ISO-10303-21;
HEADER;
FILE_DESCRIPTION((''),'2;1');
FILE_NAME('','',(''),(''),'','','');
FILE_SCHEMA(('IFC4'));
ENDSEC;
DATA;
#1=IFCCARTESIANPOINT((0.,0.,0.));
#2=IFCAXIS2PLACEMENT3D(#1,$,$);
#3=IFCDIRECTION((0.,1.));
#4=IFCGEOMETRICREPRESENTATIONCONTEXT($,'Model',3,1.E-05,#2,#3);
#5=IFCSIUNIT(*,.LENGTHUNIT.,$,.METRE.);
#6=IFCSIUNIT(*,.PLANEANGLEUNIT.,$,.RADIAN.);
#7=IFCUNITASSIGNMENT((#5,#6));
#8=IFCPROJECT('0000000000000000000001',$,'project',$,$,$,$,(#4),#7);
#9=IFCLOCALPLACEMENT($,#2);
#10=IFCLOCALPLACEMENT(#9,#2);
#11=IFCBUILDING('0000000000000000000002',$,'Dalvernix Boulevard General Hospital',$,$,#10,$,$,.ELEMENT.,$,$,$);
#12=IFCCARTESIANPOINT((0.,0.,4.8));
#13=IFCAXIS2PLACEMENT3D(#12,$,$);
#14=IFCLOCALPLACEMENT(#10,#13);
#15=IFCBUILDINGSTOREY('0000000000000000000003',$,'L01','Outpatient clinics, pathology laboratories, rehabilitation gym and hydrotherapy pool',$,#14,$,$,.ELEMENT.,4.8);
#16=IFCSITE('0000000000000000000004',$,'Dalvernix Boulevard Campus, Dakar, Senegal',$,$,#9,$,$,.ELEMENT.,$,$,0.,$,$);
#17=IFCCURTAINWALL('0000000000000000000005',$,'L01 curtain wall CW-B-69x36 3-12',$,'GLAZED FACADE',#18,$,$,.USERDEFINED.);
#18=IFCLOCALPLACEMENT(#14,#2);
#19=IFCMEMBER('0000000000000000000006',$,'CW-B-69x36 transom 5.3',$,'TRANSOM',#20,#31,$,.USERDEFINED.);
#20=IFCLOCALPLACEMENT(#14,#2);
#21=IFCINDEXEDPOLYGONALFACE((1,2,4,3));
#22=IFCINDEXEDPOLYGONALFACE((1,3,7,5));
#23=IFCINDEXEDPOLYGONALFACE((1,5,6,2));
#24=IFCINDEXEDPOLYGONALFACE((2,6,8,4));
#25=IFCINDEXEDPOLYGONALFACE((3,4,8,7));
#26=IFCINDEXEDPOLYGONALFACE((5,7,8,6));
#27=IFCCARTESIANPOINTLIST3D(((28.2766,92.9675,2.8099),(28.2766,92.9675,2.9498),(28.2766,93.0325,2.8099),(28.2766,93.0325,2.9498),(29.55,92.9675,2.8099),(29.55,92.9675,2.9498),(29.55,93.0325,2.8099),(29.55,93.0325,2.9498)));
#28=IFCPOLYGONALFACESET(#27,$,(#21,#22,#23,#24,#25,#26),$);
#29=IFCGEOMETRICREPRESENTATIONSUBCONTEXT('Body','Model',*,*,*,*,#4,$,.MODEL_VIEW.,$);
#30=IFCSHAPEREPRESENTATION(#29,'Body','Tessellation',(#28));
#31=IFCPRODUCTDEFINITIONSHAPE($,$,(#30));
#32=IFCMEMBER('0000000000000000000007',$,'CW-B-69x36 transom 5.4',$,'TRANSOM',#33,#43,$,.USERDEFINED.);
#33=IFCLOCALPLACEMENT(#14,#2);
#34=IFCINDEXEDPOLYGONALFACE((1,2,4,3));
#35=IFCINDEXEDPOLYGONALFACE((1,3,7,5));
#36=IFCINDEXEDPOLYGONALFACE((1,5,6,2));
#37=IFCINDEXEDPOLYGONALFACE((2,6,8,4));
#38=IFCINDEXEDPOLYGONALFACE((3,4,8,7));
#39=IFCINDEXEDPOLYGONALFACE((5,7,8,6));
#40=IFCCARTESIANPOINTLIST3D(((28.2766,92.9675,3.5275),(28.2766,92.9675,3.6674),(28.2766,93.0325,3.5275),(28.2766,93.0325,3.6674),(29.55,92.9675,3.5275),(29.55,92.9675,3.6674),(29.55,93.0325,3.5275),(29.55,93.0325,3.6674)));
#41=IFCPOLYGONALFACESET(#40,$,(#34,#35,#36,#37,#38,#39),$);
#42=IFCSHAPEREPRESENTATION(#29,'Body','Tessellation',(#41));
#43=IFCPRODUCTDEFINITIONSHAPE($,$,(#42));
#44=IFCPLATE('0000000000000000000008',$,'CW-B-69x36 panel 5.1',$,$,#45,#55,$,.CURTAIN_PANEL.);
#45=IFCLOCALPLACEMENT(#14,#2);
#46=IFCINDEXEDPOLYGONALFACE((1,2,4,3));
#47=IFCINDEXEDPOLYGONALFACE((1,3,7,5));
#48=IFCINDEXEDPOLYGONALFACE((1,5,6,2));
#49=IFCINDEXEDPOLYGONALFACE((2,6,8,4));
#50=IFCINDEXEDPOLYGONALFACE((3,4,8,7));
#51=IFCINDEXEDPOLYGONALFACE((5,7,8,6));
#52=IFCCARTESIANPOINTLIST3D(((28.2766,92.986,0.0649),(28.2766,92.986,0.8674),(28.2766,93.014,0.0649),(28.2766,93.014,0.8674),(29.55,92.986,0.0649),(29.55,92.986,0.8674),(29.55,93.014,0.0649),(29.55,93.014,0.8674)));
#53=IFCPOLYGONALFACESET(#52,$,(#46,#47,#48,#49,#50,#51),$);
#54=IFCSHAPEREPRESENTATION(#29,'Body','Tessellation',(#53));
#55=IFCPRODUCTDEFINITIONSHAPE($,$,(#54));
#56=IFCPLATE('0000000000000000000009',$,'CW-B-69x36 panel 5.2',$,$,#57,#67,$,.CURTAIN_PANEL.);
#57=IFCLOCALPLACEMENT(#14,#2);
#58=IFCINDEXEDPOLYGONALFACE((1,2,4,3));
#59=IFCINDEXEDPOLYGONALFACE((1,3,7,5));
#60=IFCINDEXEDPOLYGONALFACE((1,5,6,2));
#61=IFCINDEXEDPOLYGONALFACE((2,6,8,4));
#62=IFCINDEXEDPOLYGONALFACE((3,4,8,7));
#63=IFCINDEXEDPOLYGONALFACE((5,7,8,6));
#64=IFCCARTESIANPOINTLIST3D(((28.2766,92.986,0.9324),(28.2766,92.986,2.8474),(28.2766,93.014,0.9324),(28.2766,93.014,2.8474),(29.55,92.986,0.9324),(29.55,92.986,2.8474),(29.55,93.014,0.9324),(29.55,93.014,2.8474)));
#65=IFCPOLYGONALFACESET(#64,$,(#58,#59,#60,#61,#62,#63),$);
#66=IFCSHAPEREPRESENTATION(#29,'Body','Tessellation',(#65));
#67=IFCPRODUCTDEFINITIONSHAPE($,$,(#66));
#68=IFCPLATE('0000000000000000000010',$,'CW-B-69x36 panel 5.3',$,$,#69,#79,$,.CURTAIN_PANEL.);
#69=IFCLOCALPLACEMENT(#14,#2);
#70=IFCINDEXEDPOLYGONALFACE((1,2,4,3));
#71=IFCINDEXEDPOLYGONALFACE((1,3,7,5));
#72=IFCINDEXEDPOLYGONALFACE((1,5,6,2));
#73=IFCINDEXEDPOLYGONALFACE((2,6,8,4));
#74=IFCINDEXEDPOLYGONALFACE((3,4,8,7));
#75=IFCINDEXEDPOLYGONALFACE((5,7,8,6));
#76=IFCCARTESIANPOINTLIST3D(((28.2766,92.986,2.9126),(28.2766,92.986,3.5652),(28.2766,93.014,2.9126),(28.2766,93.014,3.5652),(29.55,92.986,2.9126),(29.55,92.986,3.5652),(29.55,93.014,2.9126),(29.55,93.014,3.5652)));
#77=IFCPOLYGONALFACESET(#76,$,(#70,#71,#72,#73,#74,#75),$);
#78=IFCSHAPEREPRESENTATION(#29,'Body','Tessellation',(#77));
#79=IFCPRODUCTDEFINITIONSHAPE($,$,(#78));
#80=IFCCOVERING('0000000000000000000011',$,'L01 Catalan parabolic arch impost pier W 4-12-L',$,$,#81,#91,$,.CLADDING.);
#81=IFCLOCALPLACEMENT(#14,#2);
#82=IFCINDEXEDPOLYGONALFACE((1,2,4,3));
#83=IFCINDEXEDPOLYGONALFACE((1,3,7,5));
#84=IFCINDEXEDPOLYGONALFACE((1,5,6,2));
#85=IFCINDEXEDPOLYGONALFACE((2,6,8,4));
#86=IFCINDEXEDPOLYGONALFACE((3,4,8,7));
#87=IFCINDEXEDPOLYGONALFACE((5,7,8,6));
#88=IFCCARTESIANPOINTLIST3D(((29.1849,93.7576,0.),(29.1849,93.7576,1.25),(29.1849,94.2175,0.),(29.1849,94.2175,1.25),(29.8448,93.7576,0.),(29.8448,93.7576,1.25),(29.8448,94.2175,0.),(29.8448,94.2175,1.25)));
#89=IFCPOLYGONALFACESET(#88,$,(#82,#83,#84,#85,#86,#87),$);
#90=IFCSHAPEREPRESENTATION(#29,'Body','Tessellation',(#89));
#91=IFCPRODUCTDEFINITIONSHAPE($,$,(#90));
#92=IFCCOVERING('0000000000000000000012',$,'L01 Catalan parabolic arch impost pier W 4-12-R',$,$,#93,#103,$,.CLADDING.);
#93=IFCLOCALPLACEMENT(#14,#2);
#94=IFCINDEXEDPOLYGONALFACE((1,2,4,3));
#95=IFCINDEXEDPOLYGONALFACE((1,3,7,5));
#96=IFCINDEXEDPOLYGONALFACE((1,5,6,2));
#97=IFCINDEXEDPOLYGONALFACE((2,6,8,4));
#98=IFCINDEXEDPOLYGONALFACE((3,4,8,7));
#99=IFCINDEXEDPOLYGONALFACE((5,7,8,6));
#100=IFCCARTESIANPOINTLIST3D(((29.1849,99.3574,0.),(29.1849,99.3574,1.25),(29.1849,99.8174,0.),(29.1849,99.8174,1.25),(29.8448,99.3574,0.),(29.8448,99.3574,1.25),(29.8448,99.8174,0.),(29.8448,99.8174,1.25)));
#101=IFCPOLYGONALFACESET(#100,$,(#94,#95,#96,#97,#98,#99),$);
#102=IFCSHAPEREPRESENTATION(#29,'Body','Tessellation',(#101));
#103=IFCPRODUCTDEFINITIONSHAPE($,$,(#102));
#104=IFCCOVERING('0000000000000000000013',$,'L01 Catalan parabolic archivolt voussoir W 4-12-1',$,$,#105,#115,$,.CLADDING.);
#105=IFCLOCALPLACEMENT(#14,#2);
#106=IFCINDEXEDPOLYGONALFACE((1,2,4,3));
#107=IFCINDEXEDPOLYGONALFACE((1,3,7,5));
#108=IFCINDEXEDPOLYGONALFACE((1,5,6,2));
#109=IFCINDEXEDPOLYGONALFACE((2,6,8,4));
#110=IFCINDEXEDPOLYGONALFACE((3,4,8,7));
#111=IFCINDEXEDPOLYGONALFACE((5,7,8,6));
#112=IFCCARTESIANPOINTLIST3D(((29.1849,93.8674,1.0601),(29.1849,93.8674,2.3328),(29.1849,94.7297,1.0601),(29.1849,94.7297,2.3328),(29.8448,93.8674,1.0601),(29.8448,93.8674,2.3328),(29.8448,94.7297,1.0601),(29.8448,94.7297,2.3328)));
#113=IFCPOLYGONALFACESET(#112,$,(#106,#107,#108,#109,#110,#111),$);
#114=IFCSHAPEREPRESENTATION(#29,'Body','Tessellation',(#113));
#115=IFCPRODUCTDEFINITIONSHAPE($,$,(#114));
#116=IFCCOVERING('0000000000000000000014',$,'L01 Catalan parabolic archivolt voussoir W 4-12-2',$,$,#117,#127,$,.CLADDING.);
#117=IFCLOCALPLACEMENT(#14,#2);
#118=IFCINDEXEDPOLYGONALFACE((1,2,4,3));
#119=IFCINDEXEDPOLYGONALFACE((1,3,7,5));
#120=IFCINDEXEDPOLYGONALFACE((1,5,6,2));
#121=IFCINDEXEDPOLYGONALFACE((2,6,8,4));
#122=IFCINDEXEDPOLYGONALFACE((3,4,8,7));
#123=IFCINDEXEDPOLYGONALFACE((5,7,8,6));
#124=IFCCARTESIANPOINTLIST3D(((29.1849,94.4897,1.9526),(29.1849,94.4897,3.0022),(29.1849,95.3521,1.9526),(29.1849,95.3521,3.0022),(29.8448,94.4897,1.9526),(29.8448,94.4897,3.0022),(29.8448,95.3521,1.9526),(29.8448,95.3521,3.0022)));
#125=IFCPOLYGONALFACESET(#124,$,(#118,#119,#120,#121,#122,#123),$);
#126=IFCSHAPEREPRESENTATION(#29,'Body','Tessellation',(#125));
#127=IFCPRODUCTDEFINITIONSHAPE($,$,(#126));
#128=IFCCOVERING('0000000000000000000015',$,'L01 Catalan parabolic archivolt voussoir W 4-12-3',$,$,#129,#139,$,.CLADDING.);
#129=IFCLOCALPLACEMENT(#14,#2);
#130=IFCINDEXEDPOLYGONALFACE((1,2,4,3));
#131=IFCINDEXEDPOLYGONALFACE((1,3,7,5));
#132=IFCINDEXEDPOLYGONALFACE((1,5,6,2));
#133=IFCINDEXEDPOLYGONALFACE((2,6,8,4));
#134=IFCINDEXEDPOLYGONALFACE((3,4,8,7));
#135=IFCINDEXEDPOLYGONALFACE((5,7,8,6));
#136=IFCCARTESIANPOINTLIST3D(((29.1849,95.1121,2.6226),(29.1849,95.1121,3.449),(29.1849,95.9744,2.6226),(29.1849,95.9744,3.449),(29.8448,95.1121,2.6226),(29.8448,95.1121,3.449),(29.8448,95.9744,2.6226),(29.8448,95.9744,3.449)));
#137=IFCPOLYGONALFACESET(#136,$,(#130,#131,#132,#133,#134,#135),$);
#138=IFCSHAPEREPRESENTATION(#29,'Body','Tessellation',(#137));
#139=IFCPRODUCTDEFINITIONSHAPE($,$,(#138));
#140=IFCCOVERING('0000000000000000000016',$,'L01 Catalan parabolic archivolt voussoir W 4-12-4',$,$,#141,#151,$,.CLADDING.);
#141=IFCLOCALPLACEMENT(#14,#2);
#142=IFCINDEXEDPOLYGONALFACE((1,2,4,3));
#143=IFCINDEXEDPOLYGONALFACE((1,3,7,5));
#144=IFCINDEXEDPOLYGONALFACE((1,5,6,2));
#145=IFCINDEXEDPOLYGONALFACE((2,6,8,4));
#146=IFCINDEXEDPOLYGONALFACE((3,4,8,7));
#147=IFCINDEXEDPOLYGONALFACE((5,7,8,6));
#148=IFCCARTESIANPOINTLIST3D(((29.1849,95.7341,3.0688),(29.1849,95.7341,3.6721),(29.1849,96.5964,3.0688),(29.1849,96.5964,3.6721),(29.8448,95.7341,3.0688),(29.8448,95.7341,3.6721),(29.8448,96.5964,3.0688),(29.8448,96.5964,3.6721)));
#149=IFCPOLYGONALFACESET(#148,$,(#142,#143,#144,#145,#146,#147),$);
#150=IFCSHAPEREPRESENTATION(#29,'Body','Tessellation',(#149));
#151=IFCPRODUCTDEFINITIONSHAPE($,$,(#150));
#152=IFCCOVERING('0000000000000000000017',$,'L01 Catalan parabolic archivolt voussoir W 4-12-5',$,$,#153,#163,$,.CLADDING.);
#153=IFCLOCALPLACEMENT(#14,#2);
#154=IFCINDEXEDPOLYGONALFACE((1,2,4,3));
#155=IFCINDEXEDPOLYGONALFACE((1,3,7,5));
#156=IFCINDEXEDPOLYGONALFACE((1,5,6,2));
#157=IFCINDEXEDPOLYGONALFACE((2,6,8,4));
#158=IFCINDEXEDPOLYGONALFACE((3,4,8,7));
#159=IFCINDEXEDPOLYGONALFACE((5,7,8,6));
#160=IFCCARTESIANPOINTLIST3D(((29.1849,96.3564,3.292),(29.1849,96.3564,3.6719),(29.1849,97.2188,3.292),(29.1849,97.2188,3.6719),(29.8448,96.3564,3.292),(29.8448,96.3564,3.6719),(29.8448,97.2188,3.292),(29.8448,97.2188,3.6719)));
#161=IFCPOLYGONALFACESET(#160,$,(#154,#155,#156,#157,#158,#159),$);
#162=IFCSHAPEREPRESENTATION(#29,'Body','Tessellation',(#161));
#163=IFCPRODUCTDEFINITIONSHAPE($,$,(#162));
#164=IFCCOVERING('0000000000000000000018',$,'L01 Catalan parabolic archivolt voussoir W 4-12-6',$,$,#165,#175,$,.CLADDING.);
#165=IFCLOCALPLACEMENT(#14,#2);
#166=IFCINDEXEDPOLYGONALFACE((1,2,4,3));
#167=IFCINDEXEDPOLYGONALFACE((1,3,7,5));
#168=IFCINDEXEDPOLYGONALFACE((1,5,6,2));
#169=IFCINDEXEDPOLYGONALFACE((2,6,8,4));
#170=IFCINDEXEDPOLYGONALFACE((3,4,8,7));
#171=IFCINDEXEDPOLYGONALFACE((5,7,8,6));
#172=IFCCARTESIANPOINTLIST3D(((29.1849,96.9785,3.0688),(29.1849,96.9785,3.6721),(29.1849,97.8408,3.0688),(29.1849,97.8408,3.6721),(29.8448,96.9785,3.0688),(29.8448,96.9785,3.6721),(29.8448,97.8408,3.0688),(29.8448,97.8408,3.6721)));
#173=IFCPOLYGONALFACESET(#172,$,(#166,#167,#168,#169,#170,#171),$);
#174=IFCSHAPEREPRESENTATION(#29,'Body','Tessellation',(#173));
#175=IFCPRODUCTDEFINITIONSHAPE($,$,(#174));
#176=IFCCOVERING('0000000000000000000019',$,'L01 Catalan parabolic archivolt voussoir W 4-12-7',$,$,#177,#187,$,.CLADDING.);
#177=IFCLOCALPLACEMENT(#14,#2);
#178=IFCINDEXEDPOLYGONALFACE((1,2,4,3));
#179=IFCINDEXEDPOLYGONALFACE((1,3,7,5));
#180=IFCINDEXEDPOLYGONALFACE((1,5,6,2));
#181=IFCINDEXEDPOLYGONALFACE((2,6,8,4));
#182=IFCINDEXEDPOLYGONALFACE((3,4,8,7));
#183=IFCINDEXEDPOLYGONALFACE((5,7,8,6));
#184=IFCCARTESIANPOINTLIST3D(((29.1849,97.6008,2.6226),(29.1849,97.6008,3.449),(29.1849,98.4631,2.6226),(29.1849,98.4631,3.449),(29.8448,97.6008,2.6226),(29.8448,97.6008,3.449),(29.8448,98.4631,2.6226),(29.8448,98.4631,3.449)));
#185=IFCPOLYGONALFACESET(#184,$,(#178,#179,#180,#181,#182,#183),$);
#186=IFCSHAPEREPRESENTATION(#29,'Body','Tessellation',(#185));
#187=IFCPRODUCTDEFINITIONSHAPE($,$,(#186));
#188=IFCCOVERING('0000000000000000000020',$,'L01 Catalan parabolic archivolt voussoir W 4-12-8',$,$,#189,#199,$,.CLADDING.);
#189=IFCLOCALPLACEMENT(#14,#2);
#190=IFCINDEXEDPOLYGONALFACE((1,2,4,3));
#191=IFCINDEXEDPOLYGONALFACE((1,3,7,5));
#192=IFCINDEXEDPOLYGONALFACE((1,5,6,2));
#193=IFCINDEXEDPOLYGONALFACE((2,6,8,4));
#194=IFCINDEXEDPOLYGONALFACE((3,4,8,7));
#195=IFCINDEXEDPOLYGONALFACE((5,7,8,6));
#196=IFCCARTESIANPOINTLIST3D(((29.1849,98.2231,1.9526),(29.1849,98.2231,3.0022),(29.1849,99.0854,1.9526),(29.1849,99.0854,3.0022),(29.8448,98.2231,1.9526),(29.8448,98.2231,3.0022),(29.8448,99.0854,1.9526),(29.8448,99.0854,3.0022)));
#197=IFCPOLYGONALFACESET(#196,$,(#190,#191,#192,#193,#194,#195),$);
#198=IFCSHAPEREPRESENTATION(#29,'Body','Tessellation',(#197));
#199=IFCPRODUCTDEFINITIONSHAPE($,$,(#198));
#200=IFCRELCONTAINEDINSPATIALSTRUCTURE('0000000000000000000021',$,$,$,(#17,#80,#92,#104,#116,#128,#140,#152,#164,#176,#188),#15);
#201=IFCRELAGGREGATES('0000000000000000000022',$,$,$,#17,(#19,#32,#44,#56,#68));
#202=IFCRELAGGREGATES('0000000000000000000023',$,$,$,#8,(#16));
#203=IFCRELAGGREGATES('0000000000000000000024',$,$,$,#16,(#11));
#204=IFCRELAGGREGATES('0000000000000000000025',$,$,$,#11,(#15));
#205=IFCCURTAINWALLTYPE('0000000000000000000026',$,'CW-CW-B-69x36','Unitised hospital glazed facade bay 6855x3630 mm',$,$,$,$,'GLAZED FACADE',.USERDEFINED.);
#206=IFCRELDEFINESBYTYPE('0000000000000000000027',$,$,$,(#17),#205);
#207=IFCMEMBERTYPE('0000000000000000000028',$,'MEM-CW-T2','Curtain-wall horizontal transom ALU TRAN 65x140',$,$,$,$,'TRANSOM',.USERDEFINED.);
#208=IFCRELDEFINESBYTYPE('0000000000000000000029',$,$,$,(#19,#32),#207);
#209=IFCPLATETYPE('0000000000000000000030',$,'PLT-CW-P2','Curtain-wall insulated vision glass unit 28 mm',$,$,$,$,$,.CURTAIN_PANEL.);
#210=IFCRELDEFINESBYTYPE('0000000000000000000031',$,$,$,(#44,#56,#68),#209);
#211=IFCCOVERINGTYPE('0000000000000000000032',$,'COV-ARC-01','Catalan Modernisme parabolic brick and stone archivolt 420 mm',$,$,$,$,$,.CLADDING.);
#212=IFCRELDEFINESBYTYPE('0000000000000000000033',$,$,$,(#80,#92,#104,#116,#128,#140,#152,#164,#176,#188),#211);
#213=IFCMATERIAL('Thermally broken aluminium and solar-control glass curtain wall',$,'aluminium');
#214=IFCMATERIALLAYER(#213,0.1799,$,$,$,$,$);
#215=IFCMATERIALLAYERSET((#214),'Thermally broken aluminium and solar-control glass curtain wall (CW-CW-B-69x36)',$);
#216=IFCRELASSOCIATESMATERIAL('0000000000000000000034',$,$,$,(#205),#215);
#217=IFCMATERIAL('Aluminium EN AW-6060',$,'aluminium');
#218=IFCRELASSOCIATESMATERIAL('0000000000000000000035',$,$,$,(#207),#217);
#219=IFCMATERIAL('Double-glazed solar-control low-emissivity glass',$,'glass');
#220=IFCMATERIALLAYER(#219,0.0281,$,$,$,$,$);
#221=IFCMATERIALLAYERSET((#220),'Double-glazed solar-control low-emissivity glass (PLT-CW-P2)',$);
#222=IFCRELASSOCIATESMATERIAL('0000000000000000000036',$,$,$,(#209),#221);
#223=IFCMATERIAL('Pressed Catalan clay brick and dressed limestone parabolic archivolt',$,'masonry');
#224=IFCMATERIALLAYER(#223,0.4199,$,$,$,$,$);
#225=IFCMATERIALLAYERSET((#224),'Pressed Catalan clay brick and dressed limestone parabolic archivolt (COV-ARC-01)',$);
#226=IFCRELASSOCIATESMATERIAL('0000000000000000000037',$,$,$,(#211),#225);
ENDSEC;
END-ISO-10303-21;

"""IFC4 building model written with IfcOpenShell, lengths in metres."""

from ifc_helpers import new_model, si_unit, direction, frame, origin, origin_2d, place, context, subcontext, project, spatial, rectangle, extrude, material, layer, layer_set, material_profile, profile_set, type_object, element, aggregate, save


model = new_model("IFC4")

# Units and contexts
model_context = context("Model", 3, precision=1e-05, world=origin(), true_north=direction((0.0, 1.0)))
body_context = subcontext(model_context, "Body", "Model", "MODEL_VIEW")
ifc_project = project(units=[si_unit("LENGTHUNIT", "METRE"), si_unit("PLANEANGLEUNIT", "RADIAN")], contexts=[model_context])

# Site, building, storey
site_placement = place(None, origin())
site = spatial("IfcSite", under=ifc_project, at=site_placement, Name="Dalvernix Boulevard Campus, Dakar, Senegal", CompositionType="ELEMENT", RefElevation=0.0)
building_placement = place(site_placement, origin())
building = spatial("IfcBuilding", under=site, at=building_placement, Name="Dalvernix Boulevard General Hospital", CompositionType="ELEMENT")
storey_placement = place(building_placement, frame((0.0, 0.0, 4.8)))
storey = spatial("IfcBuildingStorey", under=building, at=storey_placement, Name="L01", Description="Outpatient clinics, pathology laboratories, rehabilitation gym and hydrotherapy pool", CompositionType="ELEMENT", Elevation=4.8)

# Curtain wall, members, plates
ifc_material_1 = material(Name="Thermally broken aluminium and solar-control glass curtain wall", Category="aluminium")
ifc_layer_1 = layer(ifc_material_1, 0.1799)
ifc_layer_set_1 = layer_set([ifc_layer_1], Name="Thermally broken aluminium and solar-control glass curtain wall (CW-CW-B-69x36)")
curtain_wall_type = type_object("IfcCurtainWallType", Name="CW-CW-B-69x36", Description="Unitised hospital glazed facade bay 6855x3630 mm", ElementType="GLAZED FACADE", PredefinedType="USERDEFINED", material=ifc_layer_set_1)
curtain_wall_placement = place(storey_placement, origin())
curtain_wall = element("IfcCurtainWall", 1, at=curtain_wall_placement, inside=storey, type_object=curtain_wall_type, Name="L01 curtain wall CW-B-69x36 3-12", ObjectType="GLAZED FACADE", PredefinedType="USERDEFINED")
ifc_material_2 = material(Name="Aluminium EN AW-6060", Category="aluminium")
ifc_material_profile = material_profile(ifc_material_2, rectangle(XDim=0.0649, YDim=0.1399, at=origin_2d()), Name="ALU TRAN 65x140")
ifc_profile_set = profile_set([ifc_material_profile], Name="Aluminium EN AW-6060")
member_type = type_object("IfcMemberType", Name="MEM-CW-T2", Description="Curtain-wall horizontal transom ALU TRAN 65x140", ElementType="TRANSOM", PredefinedType="USERDEFINED", material=ifc_profile_set)
member_1_placement = place(storey_placement, frame((28.2766, 93.0, 2.8799), z_axis=(1.0, 0.0, 0.0), x_axis=(0.0, 1.0, 0.0)))
member_1 = element("IfcMember", 2, at=member_1_placement, type_object=member_type, Name="CW-B-69x36 transom 5.3", ObjectType="TRANSOM", PredefinedType="USERDEFINED", context=body_context, shape_type="SweptSolid", body=[
    extrude(rectangle(XDim=0.0649, YDim=0.1399, at=origin_2d()), origin(), (0.0, 0.0, 1.0), 1.2734),
])
member_2_placement = place(storey_placement, frame((28.2766, 93.0, 3.5974), z_axis=(1.0, 0.0, 0.0), x_axis=(0.0, 1.0, 0.0)))
member_2 = element("IfcMember", 3, at=member_2_placement, type_object=member_type, Name="CW-B-69x36 transom 5.4", ObjectType="TRANSOM", PredefinedType="USERDEFINED", context=body_context, shape_type="SweptSolid", body=[
    extrude(rectangle(XDim=0.0649, YDim=0.1399, at=origin_2d()), origin(), (0.0, 0.0, 1.0), 1.2734),
])
ifc_material_3 = material(Name="Double-glazed solar-control low-emissivity glass", Category="glass")
ifc_layer_2 = layer(ifc_material_3, 0.0281)
ifc_layer_set_2 = layer_set([ifc_layer_2], Name="Double-glazed solar-control low-emissivity glass (PLT-CW-P2)")
plate_type = type_object("IfcPlateType", Name="PLT-CW-P2", Description="Curtain-wall insulated vision glass unit 28 mm", PredefinedType="CURTAIN_PANEL", material=ifc_layer_set_2)
plate_1_placement = place(storey_placement, frame((28.9133, 93.0, 0.0649), z_axis=(0.0, 0.0, 1.0), x_axis=(1.0, 0.0, 0.0)))
plate_1 = element("IfcPlate", 4, at=plate_1_placement, type_object=plate_type, Name="CW-B-69x36 panel 5.1", PredefinedType="CURTAIN_PANEL", context=body_context, shape_type="SweptSolid", body=[
    extrude(rectangle(XDim=1.2734, YDim=0.0281, at=origin_2d()), origin(), (0.0, 0.0, 1.0), 0.8025),
])
plate_2_placement = place(storey_placement, frame((28.9133, 93.0, 0.9324), z_axis=(0.0, 0.0, 1.0), x_axis=(1.0, 0.0, 0.0)))
plate_2 = element("IfcPlate", 5, at=plate_2_placement, type_object=plate_type, Name="CW-B-69x36 panel 5.2", PredefinedType="CURTAIN_PANEL", context=body_context, shape_type="SweptSolid", body=[
    extrude(rectangle(XDim=1.2734, YDim=0.0281, at=origin_2d()), origin(), (0.0, 0.0, 1.0), 1.915),
])
plate_3_placement = place(storey_placement, frame((28.9133, 93.0, 2.9126), z_axis=(0.0, 0.0, 1.0), x_axis=(1.0, 0.0, 0.0)))
plate_3 = element("IfcPlate", 6, at=plate_3_placement, type_object=plate_type, Name="CW-B-69x36 panel 5.3", PredefinedType="CURTAIN_PANEL", context=body_context, shape_type="SweptSolid", body=[
    extrude(rectangle(XDim=1.2734, YDim=0.0281, at=origin_2d()), origin(), (0.0, 0.0, 1.0), 0.6526),
])
aggregate(curtain_wall, [member_1, member_2, plate_1, plate_2, plate_3])

# Coverings
ifc_material_4 = material(Name="Pressed Catalan clay brick and dressed limestone parabolic archivolt", Category="masonry")
ifc_layer_3 = layer(ifc_material_4, 0.4199)
ifc_layer_set_3 = layer_set([ifc_layer_3], Name="Pressed Catalan clay brick and dressed limestone parabolic archivolt (COV-ARC-01)")
covering_type = type_object("IfcCoveringType", Name="COV-ARC-01", Description="Catalan Modernisme parabolic brick and stone archivolt 420 mm", PredefinedType="CLADDING", material=ifc_layer_set_3)
for number, where, z_axis, x_axis, name in (
    (7, (29.5149, 93.9875, 0.0), (0.0, 0.0, 1.0), (0.0, 1.0, 0.0), "L01 Catalan parabolic arch impost pier W 4-12-L"),
    (8, (29.5149, 99.5874, 0.0), (0.0, 0.0, 1.0), (0.0, 1.0, 0.0), "L01 Catalan parabolic arch impost pier W 4-12-R"),
):
    element("IfcCovering", number, at=place(storey_placement, frame(where, z_axis=z_axis, x_axis=x_axis)), inside=storey, type_object=covering_type, Name=name, PredefinedType="CLADDING", context=body_context, shape_type="SweptSolid", body=[
        extrude(rectangle(XDim=0.46, YDim=0.6599, at=origin_2d()), origin(), (0.0, 0.0, 1.0), 1.25),
    ])
covering_1_placement = place(storey_placement, frame((29.5149, 94.2986, 1.0601), z_axis=(0.0, 0.0, 1.0), x_axis=(0.0, 1.0, 0.0)))
element("IfcCovering", 9, at=covering_1_placement, inside=storey, type_object=covering_type, Name="L01 Catalan parabolic archivolt voussoir W 4-12-1", PredefinedType="CLADDING", context=body_context, shape_type="SweptSolid", body=[
    extrude(rectangle(XDim=0.8623, YDim=0.6599, at=origin_2d()), origin(), (0.0, 0.0, 1.0), 1.2727),
])
covering_2_placement = place(storey_placement, frame((29.5149, 94.9209, 1.9526), z_axis=(0.0, 0.0, 1.0), x_axis=(0.0, 1.0, 0.0)))
element("IfcCovering", 10, at=covering_2_placement, inside=storey, type_object=covering_type, Name="L01 Catalan parabolic archivolt voussoir W 4-12-2", PredefinedType="CLADDING", context=body_context, shape_type="SweptSolid", body=[
    extrude(rectangle(XDim=0.8623, YDim=0.6599, at=origin_2d()), origin(), (0.0, 0.0, 1.0), 1.0496),
])
covering_3_placement = place(storey_placement, frame((29.5149, 95.5432, 2.6226), z_axis=(0.0, 0.0, 1.0), x_axis=(0.0, 1.0, 0.0)))
element("IfcCovering", 11, at=covering_3_placement, inside=storey, type_object=covering_type, Name="L01 Catalan parabolic archivolt voussoir W 4-12-3", PredefinedType="CLADDING", context=body_context, shape_type="SweptSolid", body=[
    extrude(rectangle(XDim=0.8623, YDim=0.6599, at=origin_2d()), origin(), (0.0, 0.0, 1.0), 0.8264),
])
covering_4_placement = place(storey_placement, frame((29.5149, 96.1653, 3.0688), z_axis=(0.0, 0.0, 1.0), x_axis=(0.0, 1.0, 0.0)))
element("IfcCovering", 12, at=covering_4_placement, inside=storey, type_object=covering_type, Name="L01 Catalan parabolic archivolt voussoir W 4-12-4", PredefinedType="CLADDING", context=body_context, shape_type="SweptSolid", body=[
    extrude(rectangle(XDim=0.8623, YDim=0.6599, at=origin_2d()), origin(), (0.0, 0.0, 1.0), 0.6033),
])
covering_5_placement = place(storey_placement, frame((29.5149, 96.7876, 3.292), z_axis=(0.0, 0.0, 1.0), x_axis=(0.0, 1.0, 0.0)))
element("IfcCovering", 13, at=covering_5_placement, inside=storey, type_object=covering_type, Name="L01 Catalan parabolic archivolt voussoir W 4-12-5", PredefinedType="CLADDING", context=body_context, shape_type="SweptSolid", body=[
    extrude(rectangle(XDim=0.8623, YDim=0.6599, at=origin_2d()), origin(), (0.0, 0.0, 1.0), 0.3799),
])
covering_6_placement = place(storey_placement, frame((29.5149, 97.4097, 3.0688), z_axis=(0.0, 0.0, 1.0), x_axis=(0.0, 1.0, 0.0)))
element("IfcCovering", 14, at=covering_6_placement, inside=storey, type_object=covering_type, Name="L01 Catalan parabolic archivolt voussoir W 4-12-6", PredefinedType="CLADDING", context=body_context, shape_type="SweptSolid", body=[
    extrude(rectangle(XDim=0.8623, YDim=0.6599, at=origin_2d()), origin(), (0.0, 0.0, 1.0), 0.6033),
])
covering_7_placement = place(storey_placement, frame((29.5149, 98.032, 2.6226), z_axis=(0.0, 0.0, 1.0), x_axis=(0.0, 1.0, 0.0)))
element("IfcCovering", 15, at=covering_7_placement, inside=storey, type_object=covering_type, Name="L01 Catalan parabolic archivolt voussoir W 4-12-7", PredefinedType="CLADDING", context=body_context, shape_type="SweptSolid", body=[
    extrude(rectangle(XDim=0.8623, YDim=0.6599, at=origin_2d()), origin(), (0.0, 0.0, 1.0), 0.8264),
])
covering_8_placement = place(storey_placement, frame((29.5149, 98.6543, 1.9526), z_axis=(0.0, 0.0, 1.0), x_axis=(0.0, 1.0, 0.0)))
element("IfcCovering", 16, at=covering_8_placement, inside=storey, type_object=covering_type, Name="L01 Catalan parabolic archivolt voussoir W 4-12-8", PredefinedType="CLADDING", context=body_context, shape_type="SweptSolid", body=[
    extrude(rectangle(XDim=0.8623, YDim=0.6599, at=origin_2d()), origin(), (0.0, 0.0, 1.0), 1.0496),
])

save(model, "model.ifc")
